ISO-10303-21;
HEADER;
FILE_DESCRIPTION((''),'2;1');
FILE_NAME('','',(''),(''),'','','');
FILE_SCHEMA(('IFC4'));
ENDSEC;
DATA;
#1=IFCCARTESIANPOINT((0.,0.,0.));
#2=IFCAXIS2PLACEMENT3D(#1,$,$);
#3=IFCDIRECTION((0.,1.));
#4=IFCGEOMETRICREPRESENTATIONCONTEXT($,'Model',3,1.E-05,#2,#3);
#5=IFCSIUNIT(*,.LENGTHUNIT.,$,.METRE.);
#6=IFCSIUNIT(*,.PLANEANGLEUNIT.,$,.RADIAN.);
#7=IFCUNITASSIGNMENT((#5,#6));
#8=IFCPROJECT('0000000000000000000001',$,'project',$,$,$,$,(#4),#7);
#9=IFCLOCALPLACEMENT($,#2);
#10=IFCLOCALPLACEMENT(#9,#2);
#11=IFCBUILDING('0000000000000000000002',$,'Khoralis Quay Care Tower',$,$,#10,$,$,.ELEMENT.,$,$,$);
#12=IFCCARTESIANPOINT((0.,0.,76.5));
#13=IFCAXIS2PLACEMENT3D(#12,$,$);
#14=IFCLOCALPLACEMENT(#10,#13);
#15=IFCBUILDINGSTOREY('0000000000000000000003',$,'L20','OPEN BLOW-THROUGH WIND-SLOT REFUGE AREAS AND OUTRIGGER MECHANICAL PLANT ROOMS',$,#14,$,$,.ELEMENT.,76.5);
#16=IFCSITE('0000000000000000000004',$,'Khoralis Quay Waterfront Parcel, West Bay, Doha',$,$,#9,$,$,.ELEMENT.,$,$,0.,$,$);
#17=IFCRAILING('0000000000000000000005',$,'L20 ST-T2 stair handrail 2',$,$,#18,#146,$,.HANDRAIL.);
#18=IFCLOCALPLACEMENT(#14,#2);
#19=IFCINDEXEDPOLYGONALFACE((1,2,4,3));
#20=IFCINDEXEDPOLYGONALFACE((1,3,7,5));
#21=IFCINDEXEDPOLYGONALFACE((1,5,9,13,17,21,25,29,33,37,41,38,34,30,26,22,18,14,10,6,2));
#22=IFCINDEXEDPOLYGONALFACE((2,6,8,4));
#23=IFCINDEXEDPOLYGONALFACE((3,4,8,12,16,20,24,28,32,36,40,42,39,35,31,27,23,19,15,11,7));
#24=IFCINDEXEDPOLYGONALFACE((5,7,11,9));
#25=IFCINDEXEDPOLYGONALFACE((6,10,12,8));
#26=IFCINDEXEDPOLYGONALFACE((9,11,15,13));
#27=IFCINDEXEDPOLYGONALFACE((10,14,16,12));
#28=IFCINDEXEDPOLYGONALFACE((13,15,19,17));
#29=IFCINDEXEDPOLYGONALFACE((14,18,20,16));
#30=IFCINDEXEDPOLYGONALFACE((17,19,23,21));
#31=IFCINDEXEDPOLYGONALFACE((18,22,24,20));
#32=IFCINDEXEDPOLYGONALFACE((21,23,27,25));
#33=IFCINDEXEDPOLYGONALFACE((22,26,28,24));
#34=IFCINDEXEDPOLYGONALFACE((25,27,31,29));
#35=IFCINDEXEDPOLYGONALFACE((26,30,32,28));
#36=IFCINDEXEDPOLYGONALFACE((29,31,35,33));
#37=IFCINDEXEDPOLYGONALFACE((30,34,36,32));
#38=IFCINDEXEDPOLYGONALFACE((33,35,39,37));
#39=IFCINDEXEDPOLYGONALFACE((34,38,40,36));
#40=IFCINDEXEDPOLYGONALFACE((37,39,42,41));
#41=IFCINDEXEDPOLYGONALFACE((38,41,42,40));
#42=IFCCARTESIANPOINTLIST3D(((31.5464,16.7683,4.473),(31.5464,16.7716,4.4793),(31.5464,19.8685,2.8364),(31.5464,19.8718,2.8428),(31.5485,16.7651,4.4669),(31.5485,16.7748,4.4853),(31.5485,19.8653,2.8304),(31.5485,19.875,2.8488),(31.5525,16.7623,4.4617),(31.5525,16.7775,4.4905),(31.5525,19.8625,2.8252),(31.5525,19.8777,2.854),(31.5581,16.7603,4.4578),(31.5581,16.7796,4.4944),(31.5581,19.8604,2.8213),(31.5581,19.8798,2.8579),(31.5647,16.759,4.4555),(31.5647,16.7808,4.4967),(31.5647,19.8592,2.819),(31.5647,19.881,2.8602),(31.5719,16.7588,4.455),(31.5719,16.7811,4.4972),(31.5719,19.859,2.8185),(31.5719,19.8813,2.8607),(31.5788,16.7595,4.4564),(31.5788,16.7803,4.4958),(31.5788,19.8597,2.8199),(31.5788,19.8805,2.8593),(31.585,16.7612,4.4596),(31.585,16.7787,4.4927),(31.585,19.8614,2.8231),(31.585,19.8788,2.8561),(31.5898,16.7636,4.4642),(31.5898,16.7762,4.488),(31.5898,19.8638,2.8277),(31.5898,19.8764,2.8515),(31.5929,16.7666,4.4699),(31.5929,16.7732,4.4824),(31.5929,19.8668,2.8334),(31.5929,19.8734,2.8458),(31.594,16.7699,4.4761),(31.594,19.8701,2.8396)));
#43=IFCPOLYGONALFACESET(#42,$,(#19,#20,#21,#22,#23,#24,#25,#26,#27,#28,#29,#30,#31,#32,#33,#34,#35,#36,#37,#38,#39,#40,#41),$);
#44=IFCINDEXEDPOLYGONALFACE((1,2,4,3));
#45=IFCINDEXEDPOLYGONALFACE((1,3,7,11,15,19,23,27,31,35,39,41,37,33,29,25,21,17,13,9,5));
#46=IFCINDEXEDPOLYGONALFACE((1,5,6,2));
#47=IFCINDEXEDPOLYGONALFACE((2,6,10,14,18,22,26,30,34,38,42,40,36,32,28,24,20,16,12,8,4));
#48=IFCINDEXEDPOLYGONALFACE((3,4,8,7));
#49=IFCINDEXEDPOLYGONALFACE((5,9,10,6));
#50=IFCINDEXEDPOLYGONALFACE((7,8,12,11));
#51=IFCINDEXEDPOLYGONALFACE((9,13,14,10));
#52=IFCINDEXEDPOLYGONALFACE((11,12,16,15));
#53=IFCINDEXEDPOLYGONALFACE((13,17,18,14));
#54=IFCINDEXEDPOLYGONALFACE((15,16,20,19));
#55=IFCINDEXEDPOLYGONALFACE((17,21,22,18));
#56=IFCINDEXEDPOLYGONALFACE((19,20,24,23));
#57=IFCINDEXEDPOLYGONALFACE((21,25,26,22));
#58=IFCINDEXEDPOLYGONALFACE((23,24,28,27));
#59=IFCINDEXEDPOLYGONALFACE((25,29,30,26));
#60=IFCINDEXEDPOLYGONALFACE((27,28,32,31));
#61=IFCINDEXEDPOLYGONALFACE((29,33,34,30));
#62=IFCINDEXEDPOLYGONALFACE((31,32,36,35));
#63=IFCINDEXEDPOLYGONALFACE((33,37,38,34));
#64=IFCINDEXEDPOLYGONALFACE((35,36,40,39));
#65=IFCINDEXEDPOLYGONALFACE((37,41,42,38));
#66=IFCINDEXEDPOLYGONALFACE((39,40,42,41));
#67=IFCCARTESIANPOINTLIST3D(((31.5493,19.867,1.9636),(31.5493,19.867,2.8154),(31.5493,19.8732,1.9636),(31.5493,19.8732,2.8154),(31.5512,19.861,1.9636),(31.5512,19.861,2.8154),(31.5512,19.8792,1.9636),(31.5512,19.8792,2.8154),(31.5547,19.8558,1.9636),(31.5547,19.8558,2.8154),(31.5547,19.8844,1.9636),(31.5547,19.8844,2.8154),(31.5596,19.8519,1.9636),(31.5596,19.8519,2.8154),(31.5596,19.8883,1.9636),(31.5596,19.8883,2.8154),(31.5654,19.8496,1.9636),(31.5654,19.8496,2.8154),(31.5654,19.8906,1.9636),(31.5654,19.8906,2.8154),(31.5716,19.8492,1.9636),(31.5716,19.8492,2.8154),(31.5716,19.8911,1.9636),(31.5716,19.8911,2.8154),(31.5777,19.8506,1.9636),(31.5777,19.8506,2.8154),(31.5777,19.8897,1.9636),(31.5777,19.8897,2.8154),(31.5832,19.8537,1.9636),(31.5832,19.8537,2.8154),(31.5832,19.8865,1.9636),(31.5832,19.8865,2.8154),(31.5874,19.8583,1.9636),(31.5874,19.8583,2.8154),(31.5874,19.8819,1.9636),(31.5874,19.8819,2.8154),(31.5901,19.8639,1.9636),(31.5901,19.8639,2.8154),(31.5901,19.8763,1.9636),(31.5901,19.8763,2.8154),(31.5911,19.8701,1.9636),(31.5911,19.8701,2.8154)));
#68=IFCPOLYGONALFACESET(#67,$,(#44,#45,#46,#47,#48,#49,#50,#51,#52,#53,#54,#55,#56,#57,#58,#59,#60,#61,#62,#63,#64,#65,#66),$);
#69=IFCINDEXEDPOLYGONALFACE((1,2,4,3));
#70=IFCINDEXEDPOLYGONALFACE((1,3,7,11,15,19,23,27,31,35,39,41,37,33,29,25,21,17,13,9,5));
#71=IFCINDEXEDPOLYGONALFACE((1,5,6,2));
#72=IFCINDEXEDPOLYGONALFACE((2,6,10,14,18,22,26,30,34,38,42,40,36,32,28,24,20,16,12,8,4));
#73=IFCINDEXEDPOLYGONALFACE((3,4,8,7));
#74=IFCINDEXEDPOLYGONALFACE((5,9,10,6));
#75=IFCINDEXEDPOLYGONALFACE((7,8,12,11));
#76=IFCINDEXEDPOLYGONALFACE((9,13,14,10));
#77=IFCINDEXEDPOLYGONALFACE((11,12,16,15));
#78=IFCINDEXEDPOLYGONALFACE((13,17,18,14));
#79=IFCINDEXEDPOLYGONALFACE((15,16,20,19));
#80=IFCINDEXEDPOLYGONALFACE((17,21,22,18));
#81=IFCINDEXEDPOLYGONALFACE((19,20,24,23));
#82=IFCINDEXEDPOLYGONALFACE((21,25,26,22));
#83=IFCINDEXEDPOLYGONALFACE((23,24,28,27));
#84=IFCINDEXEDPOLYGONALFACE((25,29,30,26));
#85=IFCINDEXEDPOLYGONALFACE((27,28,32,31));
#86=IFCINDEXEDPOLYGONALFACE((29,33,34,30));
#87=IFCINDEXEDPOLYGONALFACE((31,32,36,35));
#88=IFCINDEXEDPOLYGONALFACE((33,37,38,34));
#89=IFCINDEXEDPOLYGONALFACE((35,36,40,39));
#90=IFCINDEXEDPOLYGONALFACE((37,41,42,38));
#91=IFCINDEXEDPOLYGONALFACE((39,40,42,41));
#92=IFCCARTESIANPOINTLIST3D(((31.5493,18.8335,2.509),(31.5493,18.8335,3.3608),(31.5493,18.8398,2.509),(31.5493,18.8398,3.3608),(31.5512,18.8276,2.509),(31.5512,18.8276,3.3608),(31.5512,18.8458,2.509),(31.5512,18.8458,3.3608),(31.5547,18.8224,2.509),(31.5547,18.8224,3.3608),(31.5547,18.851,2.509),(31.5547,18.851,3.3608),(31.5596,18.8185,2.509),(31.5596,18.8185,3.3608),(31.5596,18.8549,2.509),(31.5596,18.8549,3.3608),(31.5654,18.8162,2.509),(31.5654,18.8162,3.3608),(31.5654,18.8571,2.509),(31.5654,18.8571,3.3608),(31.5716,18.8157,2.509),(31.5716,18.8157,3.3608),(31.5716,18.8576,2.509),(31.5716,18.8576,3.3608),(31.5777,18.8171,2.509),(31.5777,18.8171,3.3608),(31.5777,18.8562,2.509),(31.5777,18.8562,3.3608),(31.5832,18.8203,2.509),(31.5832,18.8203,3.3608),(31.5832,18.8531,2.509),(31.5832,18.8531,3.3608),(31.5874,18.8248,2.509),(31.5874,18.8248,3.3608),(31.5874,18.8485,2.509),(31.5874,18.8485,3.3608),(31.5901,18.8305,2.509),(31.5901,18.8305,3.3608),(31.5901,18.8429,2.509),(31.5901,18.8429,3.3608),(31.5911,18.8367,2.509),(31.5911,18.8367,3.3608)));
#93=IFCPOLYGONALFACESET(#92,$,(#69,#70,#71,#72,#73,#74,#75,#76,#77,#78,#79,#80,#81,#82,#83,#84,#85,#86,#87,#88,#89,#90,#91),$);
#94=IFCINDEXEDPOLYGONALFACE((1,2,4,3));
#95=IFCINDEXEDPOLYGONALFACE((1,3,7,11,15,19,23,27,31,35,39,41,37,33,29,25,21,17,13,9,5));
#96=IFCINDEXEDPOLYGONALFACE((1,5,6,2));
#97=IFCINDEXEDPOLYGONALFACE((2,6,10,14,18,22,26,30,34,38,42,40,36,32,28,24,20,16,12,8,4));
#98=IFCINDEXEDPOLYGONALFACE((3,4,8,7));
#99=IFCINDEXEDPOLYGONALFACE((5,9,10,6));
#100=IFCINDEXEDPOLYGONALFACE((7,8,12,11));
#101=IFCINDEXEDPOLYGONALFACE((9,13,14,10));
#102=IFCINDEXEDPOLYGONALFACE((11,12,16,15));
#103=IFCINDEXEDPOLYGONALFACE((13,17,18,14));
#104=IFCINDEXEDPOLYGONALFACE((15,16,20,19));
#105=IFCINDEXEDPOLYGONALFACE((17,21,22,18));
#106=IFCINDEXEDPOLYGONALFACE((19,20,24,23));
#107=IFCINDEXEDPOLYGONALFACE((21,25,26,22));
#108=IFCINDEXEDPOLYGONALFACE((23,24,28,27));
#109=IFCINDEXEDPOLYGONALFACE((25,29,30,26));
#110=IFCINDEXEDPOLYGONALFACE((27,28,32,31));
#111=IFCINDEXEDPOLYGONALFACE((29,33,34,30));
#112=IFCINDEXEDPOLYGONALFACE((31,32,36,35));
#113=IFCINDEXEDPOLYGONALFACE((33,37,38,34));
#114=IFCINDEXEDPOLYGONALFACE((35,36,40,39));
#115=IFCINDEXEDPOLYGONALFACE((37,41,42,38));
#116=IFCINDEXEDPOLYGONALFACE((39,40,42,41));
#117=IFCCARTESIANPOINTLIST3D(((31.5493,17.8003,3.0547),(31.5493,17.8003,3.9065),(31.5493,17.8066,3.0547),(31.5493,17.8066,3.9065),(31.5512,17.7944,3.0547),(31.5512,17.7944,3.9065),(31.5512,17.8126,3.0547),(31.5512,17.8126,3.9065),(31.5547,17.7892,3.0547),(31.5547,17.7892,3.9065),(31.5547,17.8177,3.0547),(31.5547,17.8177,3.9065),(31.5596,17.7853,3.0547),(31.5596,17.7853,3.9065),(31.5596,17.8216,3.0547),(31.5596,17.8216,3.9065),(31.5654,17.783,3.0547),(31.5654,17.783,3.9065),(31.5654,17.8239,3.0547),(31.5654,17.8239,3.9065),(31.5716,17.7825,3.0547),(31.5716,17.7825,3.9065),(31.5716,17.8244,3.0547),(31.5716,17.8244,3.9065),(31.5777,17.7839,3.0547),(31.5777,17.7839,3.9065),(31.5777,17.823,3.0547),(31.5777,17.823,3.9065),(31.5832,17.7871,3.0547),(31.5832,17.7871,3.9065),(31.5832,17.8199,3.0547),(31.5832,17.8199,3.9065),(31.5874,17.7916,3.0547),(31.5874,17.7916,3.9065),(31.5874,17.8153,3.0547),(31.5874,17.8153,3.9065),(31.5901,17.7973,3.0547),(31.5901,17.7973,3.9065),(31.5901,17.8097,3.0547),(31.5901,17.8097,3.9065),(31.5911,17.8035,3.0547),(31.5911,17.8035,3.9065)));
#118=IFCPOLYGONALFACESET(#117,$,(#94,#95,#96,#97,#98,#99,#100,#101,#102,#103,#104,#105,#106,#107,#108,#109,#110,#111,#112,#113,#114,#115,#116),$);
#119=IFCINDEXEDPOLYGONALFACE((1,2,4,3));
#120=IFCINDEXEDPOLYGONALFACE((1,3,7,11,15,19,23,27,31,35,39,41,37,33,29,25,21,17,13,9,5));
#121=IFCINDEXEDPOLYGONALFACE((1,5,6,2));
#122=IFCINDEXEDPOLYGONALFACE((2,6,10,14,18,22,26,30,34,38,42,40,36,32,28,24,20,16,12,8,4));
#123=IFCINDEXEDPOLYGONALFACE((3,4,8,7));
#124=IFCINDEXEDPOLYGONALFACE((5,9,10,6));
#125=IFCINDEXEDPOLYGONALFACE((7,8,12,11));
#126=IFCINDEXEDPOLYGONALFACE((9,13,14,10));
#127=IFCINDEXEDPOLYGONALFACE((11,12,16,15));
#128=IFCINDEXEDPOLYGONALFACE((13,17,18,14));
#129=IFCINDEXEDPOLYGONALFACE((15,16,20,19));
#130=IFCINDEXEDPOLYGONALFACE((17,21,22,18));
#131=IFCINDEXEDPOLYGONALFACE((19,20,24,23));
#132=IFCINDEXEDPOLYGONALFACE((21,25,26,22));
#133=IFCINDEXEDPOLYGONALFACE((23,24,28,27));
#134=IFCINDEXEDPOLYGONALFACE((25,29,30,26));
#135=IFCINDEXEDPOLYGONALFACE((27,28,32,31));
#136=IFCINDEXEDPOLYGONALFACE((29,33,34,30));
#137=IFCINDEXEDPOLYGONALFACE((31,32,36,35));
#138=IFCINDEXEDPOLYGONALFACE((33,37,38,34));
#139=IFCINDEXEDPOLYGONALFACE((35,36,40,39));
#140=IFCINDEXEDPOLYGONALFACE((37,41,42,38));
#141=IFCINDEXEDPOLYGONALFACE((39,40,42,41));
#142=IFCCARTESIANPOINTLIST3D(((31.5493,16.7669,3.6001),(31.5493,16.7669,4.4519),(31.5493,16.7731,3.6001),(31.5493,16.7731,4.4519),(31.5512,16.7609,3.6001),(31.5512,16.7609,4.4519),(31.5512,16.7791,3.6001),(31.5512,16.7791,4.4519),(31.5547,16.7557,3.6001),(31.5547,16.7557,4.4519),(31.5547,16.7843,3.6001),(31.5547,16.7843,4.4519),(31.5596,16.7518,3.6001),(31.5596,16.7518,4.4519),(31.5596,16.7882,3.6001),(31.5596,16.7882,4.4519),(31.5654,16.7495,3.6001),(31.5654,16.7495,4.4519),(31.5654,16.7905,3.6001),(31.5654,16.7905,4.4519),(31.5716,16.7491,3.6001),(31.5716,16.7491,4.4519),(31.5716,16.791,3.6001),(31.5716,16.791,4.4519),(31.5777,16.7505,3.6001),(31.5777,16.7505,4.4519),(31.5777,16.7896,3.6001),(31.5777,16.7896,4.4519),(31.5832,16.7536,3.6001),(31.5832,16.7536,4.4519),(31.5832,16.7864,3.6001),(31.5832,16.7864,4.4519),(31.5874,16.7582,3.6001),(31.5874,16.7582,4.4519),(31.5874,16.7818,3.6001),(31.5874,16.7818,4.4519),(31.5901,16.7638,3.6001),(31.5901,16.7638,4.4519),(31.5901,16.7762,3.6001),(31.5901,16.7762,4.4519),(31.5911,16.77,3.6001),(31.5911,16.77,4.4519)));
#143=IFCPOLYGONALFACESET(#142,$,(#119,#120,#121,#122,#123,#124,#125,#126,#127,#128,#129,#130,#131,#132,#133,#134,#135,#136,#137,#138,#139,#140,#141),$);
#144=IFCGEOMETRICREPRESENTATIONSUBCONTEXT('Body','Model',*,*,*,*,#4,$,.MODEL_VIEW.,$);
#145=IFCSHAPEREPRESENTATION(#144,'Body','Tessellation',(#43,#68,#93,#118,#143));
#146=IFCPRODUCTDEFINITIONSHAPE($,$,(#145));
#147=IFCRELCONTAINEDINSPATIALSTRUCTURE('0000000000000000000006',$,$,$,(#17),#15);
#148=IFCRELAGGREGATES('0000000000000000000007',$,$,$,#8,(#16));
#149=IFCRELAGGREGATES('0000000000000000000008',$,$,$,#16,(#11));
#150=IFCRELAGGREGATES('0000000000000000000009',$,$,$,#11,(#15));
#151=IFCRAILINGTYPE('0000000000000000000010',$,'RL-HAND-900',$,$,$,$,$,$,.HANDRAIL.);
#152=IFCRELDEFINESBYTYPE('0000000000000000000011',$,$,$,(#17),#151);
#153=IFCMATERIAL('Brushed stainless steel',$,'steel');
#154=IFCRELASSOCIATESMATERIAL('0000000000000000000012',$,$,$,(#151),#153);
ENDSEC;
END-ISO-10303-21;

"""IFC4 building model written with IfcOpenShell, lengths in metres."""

from ifc_helpers import new_model, si_unit, direction, frame, origin, origin_2d, place, context, subcontext, project, spatial, circle, extrude, material, type_object, element, save


model = new_model("IFC4")

# Units and contexts
model_context = context("Model", 3, precision=1e-05, world=origin(), true_north=direction((0.0, 1.0)))
body_context = subcontext(model_context, "Body", "Model", "MODEL_VIEW")
ifc_project = project(units=[si_unit("LENGTHUNIT", "METRE"), si_unit("PLANEANGLEUNIT", "RADIAN")], contexts=[model_context])

# Site, building, storey
site_placement = place(None, origin())
site = spatial("IfcSite", under=ifc_project, at=site_placement, Name="Khoralis Quay Waterfront Parcel, West Bay, Doha", CompositionType="ELEMENT", RefElevation=0.0)
building_placement = place(site_placement, origin())
building = spatial("IfcBuilding", under=site, at=building_placement, Name="Khoralis Quay Care Tower", CompositionType="ELEMENT")
storey_placement = place(building_placement, frame((0.0, 0.0, 76.5)))
storey = spatial("IfcBuildingStorey", under=building, at=storey_placement, Name="L20", Description="OPEN BLOW-THROUGH WIND-SLOT REFUGE AREAS AND OUTRIGGER MECHANICAL PLANT ROOMS", CompositionType="ELEMENT", Elevation=76.5)

# Shared definitions
ifc_material_1 = material(Name="Brushed stainless steel", Category="steel")

# Railing
railing_type = type_object("IfcRailingType", Name="RL-HAND-900", PredefinedType="HANDRAIL", material=ifc_material_1)
railing_1_placement = place(storey_placement, frame((31.5701, 19.8701, 1.9636)))
element("IfcRailing", 1, at=railing_1_placement, inside=storey, type_object=railing_type, Name="L20 ST-T2 stair handrail 2", PredefinedType="HANDRAIL", context=body_context, shape_type="SweptSolid", body=[
    extrude(circle(Radius=0.0239, at=origin_2d()), frame((0.0, 0.0, 0.876), z_axis=(0.0, -0.884348, 0.466828), x_axis=(1.0, 0.0, 0.0)), (0.0, 0.0, 1.0), 3.5056),
    extrude(circle(Radius=0.021, at=origin_2d()), origin(), (0.0, 0.0, 1.0), 0.8518),
    extrude(circle(Radius=0.021, at=origin_2d()), frame((0.0, -1.0334, 0.5454)), (0.0, 0.0, 1.0), 0.8518),
    extrude(circle(Radius=0.021, at=origin_2d()), frame((0.0, -2.0667, 1.0911)), (0.0, 0.0, 1.0), 0.8518),
    extrude(circle(Radius=0.021, at=origin_2d()), frame((0.0, -3.1001, 1.6365)), (0.0, 0.0, 1.0), 0.8518),
])

save(model, "model.ifc")
